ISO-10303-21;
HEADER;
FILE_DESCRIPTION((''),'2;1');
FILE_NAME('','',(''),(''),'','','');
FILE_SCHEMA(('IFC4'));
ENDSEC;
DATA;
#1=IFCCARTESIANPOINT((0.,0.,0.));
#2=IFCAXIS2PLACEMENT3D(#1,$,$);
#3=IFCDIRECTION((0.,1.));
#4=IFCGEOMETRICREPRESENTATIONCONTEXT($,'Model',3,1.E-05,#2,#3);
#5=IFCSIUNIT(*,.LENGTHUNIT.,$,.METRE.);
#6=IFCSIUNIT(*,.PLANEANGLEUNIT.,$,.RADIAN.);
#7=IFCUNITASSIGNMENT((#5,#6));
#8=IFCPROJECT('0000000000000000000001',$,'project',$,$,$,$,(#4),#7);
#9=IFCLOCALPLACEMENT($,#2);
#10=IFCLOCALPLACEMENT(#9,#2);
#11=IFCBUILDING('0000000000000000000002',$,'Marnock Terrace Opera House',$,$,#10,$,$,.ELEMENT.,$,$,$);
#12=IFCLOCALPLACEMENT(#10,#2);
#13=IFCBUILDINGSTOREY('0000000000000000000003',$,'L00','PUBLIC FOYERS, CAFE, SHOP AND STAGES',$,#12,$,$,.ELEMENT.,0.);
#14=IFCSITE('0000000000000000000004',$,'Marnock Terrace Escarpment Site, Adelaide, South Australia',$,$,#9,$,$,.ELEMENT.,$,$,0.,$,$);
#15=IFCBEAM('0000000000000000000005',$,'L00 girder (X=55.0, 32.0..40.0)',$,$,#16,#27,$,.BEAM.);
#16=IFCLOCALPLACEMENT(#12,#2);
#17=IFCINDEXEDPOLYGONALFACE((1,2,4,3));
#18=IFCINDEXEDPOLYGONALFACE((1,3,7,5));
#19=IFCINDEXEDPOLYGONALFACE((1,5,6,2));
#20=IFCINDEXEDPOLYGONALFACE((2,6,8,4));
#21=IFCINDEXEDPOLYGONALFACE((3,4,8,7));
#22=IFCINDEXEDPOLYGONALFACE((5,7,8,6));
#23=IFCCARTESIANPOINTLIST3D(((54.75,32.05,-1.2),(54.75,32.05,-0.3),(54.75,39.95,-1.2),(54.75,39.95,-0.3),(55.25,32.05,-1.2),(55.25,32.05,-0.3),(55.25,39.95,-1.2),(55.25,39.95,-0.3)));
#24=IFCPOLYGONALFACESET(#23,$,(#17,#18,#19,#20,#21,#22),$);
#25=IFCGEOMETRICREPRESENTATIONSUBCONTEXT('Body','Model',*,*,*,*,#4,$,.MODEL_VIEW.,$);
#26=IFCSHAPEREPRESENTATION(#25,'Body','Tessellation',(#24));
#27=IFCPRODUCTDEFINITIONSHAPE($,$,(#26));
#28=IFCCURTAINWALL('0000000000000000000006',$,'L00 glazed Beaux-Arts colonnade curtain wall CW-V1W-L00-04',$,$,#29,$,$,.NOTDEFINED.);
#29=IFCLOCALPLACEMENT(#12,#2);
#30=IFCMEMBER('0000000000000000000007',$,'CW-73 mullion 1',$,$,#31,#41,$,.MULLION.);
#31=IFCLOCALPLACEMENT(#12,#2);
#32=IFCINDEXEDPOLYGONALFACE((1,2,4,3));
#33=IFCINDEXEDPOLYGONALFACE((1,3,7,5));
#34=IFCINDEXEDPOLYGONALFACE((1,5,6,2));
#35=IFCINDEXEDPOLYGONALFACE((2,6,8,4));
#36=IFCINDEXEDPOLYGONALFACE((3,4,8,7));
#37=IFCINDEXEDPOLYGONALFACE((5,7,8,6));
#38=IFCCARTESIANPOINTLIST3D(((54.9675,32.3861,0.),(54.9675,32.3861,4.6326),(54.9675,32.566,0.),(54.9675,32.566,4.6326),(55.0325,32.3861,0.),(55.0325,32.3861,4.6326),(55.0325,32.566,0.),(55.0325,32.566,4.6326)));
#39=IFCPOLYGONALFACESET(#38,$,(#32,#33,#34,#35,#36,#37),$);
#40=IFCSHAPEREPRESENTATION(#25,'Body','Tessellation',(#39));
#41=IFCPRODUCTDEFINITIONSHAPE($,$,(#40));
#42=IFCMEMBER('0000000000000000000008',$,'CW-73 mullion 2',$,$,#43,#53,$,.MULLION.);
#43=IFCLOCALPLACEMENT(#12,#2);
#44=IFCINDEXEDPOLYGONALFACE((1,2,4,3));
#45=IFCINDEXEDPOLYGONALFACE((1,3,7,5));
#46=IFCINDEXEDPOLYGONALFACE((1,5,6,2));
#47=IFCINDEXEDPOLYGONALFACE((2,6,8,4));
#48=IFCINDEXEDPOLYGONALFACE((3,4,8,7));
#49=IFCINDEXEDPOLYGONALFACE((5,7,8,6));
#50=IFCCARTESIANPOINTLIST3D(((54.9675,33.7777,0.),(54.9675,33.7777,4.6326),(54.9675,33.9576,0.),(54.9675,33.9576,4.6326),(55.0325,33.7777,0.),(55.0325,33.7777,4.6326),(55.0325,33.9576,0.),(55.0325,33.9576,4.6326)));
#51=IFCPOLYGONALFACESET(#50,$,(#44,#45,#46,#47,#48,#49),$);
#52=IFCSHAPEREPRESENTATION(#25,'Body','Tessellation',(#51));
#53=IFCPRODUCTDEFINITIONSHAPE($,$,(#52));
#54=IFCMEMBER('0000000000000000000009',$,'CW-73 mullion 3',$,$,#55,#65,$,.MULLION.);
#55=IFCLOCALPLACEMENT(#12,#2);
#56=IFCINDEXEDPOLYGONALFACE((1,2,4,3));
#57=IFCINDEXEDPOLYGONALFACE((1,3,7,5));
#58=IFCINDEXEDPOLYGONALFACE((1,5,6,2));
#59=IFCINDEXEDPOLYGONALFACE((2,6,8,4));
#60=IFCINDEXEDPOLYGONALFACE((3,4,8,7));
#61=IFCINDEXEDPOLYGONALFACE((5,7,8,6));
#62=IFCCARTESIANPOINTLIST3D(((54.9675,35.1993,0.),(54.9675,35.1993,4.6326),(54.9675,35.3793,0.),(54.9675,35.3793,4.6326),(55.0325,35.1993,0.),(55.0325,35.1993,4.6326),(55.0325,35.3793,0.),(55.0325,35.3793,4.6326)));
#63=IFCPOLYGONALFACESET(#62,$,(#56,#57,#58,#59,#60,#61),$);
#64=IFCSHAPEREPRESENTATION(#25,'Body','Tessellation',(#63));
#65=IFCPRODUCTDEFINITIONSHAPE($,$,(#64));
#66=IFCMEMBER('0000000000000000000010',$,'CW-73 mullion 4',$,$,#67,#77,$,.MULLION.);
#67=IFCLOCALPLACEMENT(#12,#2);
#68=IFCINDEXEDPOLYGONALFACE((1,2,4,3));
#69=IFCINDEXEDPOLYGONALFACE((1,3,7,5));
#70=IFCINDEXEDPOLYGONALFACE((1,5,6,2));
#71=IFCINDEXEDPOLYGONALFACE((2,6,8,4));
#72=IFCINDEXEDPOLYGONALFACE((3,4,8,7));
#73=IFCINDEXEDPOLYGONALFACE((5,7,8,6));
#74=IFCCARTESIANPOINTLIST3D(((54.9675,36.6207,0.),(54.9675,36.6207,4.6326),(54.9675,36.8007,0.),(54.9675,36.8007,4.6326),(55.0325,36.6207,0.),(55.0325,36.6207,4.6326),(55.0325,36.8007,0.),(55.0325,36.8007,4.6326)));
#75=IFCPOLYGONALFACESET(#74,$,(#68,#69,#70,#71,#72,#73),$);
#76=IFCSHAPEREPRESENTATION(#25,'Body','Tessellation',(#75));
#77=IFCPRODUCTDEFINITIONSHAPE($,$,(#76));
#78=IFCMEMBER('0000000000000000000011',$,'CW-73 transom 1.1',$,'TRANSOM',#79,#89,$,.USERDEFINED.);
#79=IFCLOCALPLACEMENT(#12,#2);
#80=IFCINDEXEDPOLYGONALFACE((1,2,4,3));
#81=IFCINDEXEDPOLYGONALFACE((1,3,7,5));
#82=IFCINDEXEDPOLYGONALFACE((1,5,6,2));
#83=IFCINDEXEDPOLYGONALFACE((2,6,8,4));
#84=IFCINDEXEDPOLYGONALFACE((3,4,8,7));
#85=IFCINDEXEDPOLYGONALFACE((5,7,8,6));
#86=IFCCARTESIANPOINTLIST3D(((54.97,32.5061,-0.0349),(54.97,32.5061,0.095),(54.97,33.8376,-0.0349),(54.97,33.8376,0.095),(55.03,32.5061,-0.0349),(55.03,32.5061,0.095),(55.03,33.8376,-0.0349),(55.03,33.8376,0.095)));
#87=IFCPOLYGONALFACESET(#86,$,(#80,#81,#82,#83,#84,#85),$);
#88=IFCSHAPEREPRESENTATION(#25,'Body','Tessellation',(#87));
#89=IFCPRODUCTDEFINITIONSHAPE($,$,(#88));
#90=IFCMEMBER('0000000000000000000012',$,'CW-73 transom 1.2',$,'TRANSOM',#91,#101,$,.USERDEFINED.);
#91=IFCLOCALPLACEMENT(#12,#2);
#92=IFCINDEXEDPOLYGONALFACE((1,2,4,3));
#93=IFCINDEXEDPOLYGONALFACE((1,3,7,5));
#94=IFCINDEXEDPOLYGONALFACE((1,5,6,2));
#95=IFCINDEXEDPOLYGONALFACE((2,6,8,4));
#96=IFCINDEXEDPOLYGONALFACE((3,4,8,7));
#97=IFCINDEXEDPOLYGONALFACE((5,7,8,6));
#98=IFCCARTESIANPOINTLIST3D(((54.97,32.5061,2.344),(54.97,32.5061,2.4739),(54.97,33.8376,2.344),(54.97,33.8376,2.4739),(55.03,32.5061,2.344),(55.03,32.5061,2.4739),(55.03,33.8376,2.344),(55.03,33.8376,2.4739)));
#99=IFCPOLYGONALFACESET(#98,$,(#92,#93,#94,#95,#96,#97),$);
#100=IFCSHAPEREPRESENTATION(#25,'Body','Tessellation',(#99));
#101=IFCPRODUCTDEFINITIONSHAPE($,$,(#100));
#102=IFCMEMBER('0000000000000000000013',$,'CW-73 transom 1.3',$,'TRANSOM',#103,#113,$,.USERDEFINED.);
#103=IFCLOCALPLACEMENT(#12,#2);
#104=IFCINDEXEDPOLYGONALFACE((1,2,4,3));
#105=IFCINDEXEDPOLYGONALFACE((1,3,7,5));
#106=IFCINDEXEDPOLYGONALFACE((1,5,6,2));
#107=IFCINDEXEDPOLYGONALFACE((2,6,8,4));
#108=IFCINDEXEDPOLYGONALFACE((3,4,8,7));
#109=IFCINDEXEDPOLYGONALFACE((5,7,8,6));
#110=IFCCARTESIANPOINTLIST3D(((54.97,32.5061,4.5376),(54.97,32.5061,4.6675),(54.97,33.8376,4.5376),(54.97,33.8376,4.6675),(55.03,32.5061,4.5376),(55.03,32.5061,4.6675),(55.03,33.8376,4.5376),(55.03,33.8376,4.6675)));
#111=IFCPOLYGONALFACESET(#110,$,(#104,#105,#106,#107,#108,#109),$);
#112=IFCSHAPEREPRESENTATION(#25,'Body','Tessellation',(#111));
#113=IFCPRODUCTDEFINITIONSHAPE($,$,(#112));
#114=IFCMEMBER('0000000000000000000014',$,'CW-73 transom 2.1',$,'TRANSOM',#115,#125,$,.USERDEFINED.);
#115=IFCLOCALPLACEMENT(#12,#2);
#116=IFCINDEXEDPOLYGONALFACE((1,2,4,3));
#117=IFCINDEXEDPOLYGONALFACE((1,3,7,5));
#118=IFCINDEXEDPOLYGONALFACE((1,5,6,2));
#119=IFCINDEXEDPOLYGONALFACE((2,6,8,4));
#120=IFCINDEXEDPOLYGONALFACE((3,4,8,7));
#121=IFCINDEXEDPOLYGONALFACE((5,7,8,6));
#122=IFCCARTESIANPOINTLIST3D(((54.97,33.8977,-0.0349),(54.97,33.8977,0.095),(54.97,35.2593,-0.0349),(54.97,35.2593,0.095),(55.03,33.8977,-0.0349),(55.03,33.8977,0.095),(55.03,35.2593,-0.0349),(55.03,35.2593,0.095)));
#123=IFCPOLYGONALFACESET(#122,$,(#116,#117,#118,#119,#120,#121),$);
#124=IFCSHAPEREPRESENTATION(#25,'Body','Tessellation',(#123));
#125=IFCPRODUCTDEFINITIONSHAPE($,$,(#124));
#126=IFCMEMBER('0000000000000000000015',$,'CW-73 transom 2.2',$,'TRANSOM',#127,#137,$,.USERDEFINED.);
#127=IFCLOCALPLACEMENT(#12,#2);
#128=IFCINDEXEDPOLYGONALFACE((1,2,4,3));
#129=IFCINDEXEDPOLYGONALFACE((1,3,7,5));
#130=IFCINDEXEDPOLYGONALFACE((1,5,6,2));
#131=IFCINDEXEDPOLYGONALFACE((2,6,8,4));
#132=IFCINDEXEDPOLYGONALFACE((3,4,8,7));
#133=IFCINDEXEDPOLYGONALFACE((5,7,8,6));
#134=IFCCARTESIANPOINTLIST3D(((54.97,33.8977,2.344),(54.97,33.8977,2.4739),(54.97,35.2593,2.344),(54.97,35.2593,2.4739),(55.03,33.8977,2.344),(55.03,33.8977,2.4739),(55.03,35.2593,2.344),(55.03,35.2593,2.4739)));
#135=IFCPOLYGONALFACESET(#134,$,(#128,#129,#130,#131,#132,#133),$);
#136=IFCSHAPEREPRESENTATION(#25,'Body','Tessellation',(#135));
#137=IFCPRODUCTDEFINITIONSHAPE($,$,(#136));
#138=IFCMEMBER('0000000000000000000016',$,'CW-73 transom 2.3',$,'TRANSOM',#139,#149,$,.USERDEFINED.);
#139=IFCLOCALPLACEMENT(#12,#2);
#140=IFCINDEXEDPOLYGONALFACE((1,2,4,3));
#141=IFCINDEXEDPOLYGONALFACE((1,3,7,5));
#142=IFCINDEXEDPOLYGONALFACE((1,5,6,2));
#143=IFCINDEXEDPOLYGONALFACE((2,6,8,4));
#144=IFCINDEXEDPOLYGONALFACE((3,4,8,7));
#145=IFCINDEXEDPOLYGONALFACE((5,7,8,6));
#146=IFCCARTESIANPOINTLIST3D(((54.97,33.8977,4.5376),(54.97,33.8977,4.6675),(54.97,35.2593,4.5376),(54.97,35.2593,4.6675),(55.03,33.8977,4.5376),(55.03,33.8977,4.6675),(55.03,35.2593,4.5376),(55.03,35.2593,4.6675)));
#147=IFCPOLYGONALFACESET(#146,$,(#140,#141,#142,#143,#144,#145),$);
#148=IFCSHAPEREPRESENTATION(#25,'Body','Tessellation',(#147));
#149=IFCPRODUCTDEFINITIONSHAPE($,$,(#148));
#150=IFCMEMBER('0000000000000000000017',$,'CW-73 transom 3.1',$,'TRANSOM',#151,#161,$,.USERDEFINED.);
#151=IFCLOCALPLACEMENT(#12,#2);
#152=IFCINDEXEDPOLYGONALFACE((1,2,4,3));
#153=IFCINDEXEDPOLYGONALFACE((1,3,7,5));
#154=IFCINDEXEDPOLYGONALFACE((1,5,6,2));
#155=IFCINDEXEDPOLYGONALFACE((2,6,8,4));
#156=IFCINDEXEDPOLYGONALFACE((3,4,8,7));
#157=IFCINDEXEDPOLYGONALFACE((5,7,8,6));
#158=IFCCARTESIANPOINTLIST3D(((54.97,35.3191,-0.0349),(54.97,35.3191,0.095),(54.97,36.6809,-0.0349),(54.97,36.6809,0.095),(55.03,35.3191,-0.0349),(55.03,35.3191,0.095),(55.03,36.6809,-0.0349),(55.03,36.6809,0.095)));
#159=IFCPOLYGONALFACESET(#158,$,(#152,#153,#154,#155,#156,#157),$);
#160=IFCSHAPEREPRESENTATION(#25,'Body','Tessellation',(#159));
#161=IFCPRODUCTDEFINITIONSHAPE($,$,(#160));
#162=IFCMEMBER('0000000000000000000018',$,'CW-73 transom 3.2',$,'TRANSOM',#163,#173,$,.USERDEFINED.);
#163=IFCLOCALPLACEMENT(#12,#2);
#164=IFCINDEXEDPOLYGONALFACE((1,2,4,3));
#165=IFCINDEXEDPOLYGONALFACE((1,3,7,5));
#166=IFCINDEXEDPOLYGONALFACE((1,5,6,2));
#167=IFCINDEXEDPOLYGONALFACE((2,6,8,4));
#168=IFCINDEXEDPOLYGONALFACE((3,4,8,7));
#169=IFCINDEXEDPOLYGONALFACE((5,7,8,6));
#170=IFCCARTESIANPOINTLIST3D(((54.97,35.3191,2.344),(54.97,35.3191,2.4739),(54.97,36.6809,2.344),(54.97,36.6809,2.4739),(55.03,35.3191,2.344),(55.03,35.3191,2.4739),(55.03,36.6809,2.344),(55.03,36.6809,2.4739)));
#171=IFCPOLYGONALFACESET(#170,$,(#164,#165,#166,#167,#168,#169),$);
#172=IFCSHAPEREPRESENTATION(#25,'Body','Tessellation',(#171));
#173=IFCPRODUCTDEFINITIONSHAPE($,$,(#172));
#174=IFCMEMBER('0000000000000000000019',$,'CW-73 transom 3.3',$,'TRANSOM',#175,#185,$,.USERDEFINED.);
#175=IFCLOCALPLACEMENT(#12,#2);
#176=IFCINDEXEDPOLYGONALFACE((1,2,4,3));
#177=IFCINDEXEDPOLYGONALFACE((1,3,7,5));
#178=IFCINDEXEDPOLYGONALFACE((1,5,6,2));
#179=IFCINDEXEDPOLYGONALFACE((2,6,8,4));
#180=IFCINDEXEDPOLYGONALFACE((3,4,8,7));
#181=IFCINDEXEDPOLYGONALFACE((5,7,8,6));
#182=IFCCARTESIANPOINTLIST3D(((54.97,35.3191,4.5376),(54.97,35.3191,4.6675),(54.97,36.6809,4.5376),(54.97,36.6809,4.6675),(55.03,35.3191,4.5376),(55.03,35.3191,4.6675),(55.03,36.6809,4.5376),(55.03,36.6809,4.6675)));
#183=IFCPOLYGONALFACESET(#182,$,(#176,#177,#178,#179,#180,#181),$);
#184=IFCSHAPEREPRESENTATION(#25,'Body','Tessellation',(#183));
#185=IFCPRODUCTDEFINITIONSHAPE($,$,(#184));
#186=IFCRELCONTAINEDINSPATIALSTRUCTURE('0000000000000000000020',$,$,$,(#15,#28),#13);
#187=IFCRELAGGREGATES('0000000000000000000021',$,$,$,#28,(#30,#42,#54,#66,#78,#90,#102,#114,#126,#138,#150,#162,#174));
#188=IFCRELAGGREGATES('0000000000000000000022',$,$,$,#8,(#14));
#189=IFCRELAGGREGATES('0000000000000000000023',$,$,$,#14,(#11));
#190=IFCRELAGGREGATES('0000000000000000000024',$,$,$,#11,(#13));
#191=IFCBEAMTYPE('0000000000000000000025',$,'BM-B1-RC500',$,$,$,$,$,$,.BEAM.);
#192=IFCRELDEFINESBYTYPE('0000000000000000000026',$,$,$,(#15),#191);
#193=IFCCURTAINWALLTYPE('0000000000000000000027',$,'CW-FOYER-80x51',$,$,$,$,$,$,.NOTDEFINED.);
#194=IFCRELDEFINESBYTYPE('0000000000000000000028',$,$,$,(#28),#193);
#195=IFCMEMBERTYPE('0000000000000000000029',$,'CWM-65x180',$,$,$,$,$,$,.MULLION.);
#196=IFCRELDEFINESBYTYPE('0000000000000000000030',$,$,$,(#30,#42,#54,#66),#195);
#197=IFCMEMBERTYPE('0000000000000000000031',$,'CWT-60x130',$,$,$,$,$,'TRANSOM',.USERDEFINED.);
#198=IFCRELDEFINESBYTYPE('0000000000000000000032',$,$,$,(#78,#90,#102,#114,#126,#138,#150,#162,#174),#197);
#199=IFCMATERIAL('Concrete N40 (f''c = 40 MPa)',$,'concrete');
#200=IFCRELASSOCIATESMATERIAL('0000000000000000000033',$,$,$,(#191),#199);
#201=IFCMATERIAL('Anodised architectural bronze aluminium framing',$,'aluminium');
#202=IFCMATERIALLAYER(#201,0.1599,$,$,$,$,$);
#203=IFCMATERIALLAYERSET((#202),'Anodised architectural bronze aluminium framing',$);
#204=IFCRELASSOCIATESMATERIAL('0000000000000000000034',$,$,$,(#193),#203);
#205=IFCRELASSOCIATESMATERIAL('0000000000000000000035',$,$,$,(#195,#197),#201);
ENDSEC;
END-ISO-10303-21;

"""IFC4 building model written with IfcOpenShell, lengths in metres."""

from ifc_helpers import new_model, si_unit, direction, frame, origin, origin_2d, place, context, subcontext, project, spatial, rectangle, extrude, material, layer, layer_set, material_profile, profile_set, type_object, element, aggregate, save


model = new_model("IFC4")

# Units and contexts
model_context = context("Model", 3, precision=1e-05, world=origin(), true_north=direction((0.0, 1.0)))
body_context = subcontext(model_context, "Body", "Model", "MODEL_VIEW")
ifc_project = project(units=[si_unit("LENGTHUNIT", "METRE"), si_unit("PLANEANGLEUNIT", "RADIAN")], contexts=[model_context])

# Site, building, storey
site_placement = place(None, origin())
site = spatial("IfcSite", under=ifc_project, at=site_placement, Name="Marnock Terrace Escarpment Site, Adelaide, South Australia", CompositionType="ELEMENT", RefElevation=0.0)
building_placement = place(site_placement, origin())
building = spatial("IfcBuilding", under=site, at=building_placement, Name="Marnock Terrace Opera House", CompositionType="ELEMENT")
storey_placement = place(building_placement, origin())
storey = spatial("IfcBuildingStorey", under=building, at=storey_placement, Name="L00", Description="PUBLIC FOYERS, CAFE, SHOP AND STAGES", CompositionType="ELEMENT", Elevation=0.0)

# Beam
ifc_material_1 = material(Name="Concrete N40 (f'c = 40 MPa)", Category="concrete")
ifc_material_profile_1 = material_profile(ifc_material_1, rectangle(XDim=0.5, YDim=0.8999, at=origin_2d()))
ifc_profile_set_1 = profile_set([ifc_material_profile_1], Name="Concrete N40 (f'c = 40 MPa)")
beam_type = type_object("IfcBeamType", Name="BM-B1-RC500", PredefinedType="BEAM", material=ifc_profile_set_1)
beam_placement = place(storey_placement, frame((55.0, 32.05, -0.75), z_axis=(0.0, 1.0, 0.0), x_axis=(-1.0, 0.0, 0.0)))
element("IfcBeam", 1, at=beam_placement, inside=storey, type_object=beam_type, Name="L00 girder (X=55.0, 32.0..40.0)", PredefinedType="BEAM", context=body_context, shape_type="SweptSolid", body=[
    extrude(rectangle(XDim=0.5, YDim=0.8999, at=origin_2d()), origin(), (0.0, 0.0, 1.0), 7.8999),
])

# Curtain wall, members
ifc_material_2 = material(Name="Anodised architectural bronze aluminium framing", Category="aluminium")
ifc_layer_1 = layer(ifc_material_2, 0.1599)
ifc_layer_set_1 = layer_set([ifc_layer_1], Name="Anodised architectural bronze aluminium framing")
curtain_wall_type = type_object("IfcCurtainWallType", Name="CW-FOYER-80x51", PredefinedType="NOTDEFINED", material=ifc_layer_set_1)
curtain_wall_placement = place(storey_placement, origin())
curtain_wall = element("IfcCurtainWall", 2, at=curtain_wall_placement, inside=storey, type_object=curtain_wall_type, Name="L00 glazed Beaux-Arts colonnade curtain wall CW-V1W-L00-04", PredefinedType="NOTDEFINED")
ifc_material_profile_2 = material_profile(ifc_material_2, rectangle(XDim=0.0649, YDim=0.1799, at=origin_2d()))
ifc_profile_set_2 = profile_set([ifc_material_profile_2], Name="Anodised architectural bronze aluminium framing")
member_type_1 = type_object("IfcMemberType", Name="CWM-65x180", PredefinedType="MULLION", material=ifc_profile_set_2)
member_1_placement = place(storey_placement, frame((55.0, 32.4761, 0.0), z_axis=(0.0, 0.0, 1.0), x_axis=(-1.0, 0.0, 0.0)))
member_1 = element("IfcMember", 3, at=member_1_placement, type_object=member_type_1, Name="CW-73 mullion 1", PredefinedType="MULLION", context=body_context, shape_type="SweptSolid", body=[
    extrude(rectangle(XDim=0.0649, YDim=0.1799, at=origin_2d()), origin(), (0.0, 0.0, 1.0), 4.6326),
])
member_2_placement = place(storey_placement, frame((55.0, 33.8677, 0.0), z_axis=(0.0, 0.0, 1.0), x_axis=(-1.0, 0.0, 0.0)))
member_2 = element("IfcMember", 4, at=member_2_placement, type_object=member_type_1, Name="CW-73 mullion 2", PredefinedType="MULLION", context=body_context, shape_type="SweptSolid", body=[
    extrude(rectangle(XDim=0.0649, YDim=0.1799, at=origin_2d()), origin(), (0.0, 0.0, 1.0), 4.6326),
])
member_3_placement = place(storey_placement, frame((55.0, 35.2893, 0.0), z_axis=(0.0, 0.0, 1.0), x_axis=(-1.0, 0.0, 0.0)))
member_3 = element("IfcMember", 5, at=member_3_placement, type_object=member_type_1, Name="CW-73 mullion 3", PredefinedType="MULLION", context=body_context, shape_type="SweptSolid", body=[
    extrude(rectangle(XDim=0.0649, YDim=0.1799, at=origin_2d()), origin(), (0.0, 0.0, 1.0), 4.6326),
])
member_4_placement = place(storey_placement, frame((55.0, 36.7107, 0.0), z_axis=(0.0, 0.0, 1.0), x_axis=(-1.0, 0.0, 0.0)))
member_4 = element("IfcMember", 6, at=member_4_placement, type_object=member_type_1, Name="CW-73 mullion 4", PredefinedType="MULLION", context=body_context, shape_type="SweptSolid", body=[
    extrude(rectangle(XDim=0.0649, YDim=0.1799, at=origin_2d()), origin(), (0.0, 0.0, 1.0), 4.6326),
])
ifc_material_profile_3 = material_profile(ifc_material_2, rectangle(XDim=0.0601, YDim=0.1299, at=origin_2d()))
ifc_profile_set_3 = profile_set([ifc_material_profile_3], Name="Anodised architectural bronze aluminium framing")
member_type_2 = type_object("IfcMemberType", Name="CWT-60x130", ElementType="TRANSOM", PredefinedType="USERDEFINED", material=ifc_profile_set_3)
member_5_placement = place(storey_placement, frame((55.0, 32.5061, 0.03), z_axis=(0.0, 1.0, 0.0), x_axis=(-1.0, 0.0, 0.0)))
member_5 = element("IfcMember", 7, at=member_5_placement, type_object=member_type_2, Name="CW-73 transom 1.1", ObjectType="TRANSOM", PredefinedType="USERDEFINED", context=body_context, shape_type="SweptSolid", body=[
    extrude(rectangle(XDim=0.0601, YDim=0.1299, at=origin_2d()), origin(), (0.0, 0.0, 1.0), 1.3315),
])
member_6_placement = place(storey_placement, frame((55.0, 32.5061, 2.4089), z_axis=(0.0, 1.0, 0.0), x_axis=(-1.0, 0.0, 0.0)))
member_6 = element("IfcMember", 8, at=member_6_placement, type_object=member_type_2, Name="CW-73 transom 1.2", ObjectType="TRANSOM", PredefinedType="USERDEFINED", context=body_context, shape_type="SweptSolid", body=[
    extrude(rectangle(XDim=0.0601, YDim=0.1299, at=origin_2d()), origin(), (0.0, 0.0, 1.0), 1.3315),
])
member_7_placement = place(storey_placement, frame((55.0, 32.5061, 4.6025), z_axis=(0.0, 1.0, 0.0), x_axis=(-1.0, 0.0, 0.0)))
member_7 = element("IfcMember", 9, at=member_7_placement, type_object=member_type_2, Name="CW-73 transom 1.3", ObjectType="TRANSOM", PredefinedType="USERDEFINED", context=body_context, shape_type="SweptSolid", body=[
    extrude(rectangle(XDim=0.0601, YDim=0.1299, at=origin_2d()), origin(), (0.0, 0.0, 1.0), 1.3315),
])
member_8_placement = place(storey_placement, frame((55.0, 33.8977, 0.03), z_axis=(0.0, 1.0, 0.0), x_axis=(-1.0, 0.0, 0.0)))
member_8 = element("IfcMember", 10, at=member_8_placement, type_object=member_type_2, Name="CW-73 transom 2.1", ObjectType="TRANSOM", PredefinedType="USERDEFINED", context=body_context, shape_type="SweptSolid", body=[
    extrude(rectangle(XDim=0.0601, YDim=0.1299, at=origin_2d()), origin(), (0.0, 0.0, 1.0), 1.3616),
])
member_9_placement = place(storey_placement, frame((55.0, 33.8977, 2.4089), z_axis=(0.0, 1.0, 0.0), x_axis=(-1.0, 0.0, 0.0)))
member_9 = element("IfcMember", 11, at=member_9_placement, type_object=member_type_2, Name="CW-73 transom 2.2", ObjectType="TRANSOM", PredefinedType="USERDEFINED", context=body_context, shape_type="SweptSolid", body=[
    extrude(rectangle(XDim=0.0601, YDim=0.1299, at=origin_2d()), origin(), (0.0, 0.0, 1.0), 1.3616),
])
member_10_placement = place(storey_placement, frame((55.0, 33.8977, 4.6025), z_axis=(0.0, 1.0, 0.0), x_axis=(-1.0, 0.0, 0.0)))
member_10 = element("IfcMember", 12, at=member_10_placement, type_object=member_type_2, Name="CW-73 transom 2.3", ObjectType="TRANSOM", PredefinedType="USERDEFINED", context=body_context, shape_type="SweptSolid", body=[
    extrude(rectangle(XDim=0.0601, YDim=0.1299, at=origin_2d()), origin(), (0.0, 0.0, 1.0), 1.3616),
])
member_11_placement = place(storey_placement, frame((55.0, 35.3191, 0.03), z_axis=(0.0, 1.0, 0.0), x_axis=(-1.0, 0.0, 0.0)))
member_11 = element("IfcMember", 13, at=member_11_placement, type_object=member_type_2, Name="CW-73 transom 3.1", ObjectType="TRANSOM", PredefinedType="USERDEFINED", context=body_context, shape_type="SweptSolid", body=[
    extrude(rectangle(XDim=0.0601, YDim=0.1299, at=origin_2d()), origin(), (0.0, 0.0, 1.0), 1.3618),
])
member_12_placement = place(storey_placement, frame((55.0, 35.3191, 2.4089), z_axis=(0.0, 1.0, 0.0), x_axis=(-1.0, 0.0, 0.0)))
member_12 = element("IfcMember", 14, at=member_12_placement, type_object=member_type_2, Name="CW-73 transom 3.2", ObjectType="TRANSOM", PredefinedType="USERDEFINED", context=body_context, shape_type="SweptSolid", body=[
    extrude(rectangle(XDim=0.0601, YDim=0.1299, at=origin_2d()), origin(), (0.0, 0.0, 1.0), 1.3618),
])
member_13_placement = place(storey_placement, frame((55.0, 35.3191, 4.6025), z_axis=(0.0, 1.0, 0.0), x_axis=(-1.0, 0.0, 0.0)))
member_13 = element("IfcMember", 15, at=member_13_placement, type_object=member_type_2, Name="CW-73 transom 3.3", ObjectType="TRANSOM", PredefinedType="USERDEFINED", context=body_context, shape_type="SweptSolid", body=[
    extrude(rectangle(XDim=0.0601, YDim=0.1299, at=origin_2d()), origin(), (0.0, 0.0, 1.0), 1.3618),
])
aggregate(curtain_wall, [member_1, member_2, member_3, member_4, member_5, member_6, member_7, member_8, member_9, member_10, member_11, member_12, member_13])

save(model, "model.ifc")
